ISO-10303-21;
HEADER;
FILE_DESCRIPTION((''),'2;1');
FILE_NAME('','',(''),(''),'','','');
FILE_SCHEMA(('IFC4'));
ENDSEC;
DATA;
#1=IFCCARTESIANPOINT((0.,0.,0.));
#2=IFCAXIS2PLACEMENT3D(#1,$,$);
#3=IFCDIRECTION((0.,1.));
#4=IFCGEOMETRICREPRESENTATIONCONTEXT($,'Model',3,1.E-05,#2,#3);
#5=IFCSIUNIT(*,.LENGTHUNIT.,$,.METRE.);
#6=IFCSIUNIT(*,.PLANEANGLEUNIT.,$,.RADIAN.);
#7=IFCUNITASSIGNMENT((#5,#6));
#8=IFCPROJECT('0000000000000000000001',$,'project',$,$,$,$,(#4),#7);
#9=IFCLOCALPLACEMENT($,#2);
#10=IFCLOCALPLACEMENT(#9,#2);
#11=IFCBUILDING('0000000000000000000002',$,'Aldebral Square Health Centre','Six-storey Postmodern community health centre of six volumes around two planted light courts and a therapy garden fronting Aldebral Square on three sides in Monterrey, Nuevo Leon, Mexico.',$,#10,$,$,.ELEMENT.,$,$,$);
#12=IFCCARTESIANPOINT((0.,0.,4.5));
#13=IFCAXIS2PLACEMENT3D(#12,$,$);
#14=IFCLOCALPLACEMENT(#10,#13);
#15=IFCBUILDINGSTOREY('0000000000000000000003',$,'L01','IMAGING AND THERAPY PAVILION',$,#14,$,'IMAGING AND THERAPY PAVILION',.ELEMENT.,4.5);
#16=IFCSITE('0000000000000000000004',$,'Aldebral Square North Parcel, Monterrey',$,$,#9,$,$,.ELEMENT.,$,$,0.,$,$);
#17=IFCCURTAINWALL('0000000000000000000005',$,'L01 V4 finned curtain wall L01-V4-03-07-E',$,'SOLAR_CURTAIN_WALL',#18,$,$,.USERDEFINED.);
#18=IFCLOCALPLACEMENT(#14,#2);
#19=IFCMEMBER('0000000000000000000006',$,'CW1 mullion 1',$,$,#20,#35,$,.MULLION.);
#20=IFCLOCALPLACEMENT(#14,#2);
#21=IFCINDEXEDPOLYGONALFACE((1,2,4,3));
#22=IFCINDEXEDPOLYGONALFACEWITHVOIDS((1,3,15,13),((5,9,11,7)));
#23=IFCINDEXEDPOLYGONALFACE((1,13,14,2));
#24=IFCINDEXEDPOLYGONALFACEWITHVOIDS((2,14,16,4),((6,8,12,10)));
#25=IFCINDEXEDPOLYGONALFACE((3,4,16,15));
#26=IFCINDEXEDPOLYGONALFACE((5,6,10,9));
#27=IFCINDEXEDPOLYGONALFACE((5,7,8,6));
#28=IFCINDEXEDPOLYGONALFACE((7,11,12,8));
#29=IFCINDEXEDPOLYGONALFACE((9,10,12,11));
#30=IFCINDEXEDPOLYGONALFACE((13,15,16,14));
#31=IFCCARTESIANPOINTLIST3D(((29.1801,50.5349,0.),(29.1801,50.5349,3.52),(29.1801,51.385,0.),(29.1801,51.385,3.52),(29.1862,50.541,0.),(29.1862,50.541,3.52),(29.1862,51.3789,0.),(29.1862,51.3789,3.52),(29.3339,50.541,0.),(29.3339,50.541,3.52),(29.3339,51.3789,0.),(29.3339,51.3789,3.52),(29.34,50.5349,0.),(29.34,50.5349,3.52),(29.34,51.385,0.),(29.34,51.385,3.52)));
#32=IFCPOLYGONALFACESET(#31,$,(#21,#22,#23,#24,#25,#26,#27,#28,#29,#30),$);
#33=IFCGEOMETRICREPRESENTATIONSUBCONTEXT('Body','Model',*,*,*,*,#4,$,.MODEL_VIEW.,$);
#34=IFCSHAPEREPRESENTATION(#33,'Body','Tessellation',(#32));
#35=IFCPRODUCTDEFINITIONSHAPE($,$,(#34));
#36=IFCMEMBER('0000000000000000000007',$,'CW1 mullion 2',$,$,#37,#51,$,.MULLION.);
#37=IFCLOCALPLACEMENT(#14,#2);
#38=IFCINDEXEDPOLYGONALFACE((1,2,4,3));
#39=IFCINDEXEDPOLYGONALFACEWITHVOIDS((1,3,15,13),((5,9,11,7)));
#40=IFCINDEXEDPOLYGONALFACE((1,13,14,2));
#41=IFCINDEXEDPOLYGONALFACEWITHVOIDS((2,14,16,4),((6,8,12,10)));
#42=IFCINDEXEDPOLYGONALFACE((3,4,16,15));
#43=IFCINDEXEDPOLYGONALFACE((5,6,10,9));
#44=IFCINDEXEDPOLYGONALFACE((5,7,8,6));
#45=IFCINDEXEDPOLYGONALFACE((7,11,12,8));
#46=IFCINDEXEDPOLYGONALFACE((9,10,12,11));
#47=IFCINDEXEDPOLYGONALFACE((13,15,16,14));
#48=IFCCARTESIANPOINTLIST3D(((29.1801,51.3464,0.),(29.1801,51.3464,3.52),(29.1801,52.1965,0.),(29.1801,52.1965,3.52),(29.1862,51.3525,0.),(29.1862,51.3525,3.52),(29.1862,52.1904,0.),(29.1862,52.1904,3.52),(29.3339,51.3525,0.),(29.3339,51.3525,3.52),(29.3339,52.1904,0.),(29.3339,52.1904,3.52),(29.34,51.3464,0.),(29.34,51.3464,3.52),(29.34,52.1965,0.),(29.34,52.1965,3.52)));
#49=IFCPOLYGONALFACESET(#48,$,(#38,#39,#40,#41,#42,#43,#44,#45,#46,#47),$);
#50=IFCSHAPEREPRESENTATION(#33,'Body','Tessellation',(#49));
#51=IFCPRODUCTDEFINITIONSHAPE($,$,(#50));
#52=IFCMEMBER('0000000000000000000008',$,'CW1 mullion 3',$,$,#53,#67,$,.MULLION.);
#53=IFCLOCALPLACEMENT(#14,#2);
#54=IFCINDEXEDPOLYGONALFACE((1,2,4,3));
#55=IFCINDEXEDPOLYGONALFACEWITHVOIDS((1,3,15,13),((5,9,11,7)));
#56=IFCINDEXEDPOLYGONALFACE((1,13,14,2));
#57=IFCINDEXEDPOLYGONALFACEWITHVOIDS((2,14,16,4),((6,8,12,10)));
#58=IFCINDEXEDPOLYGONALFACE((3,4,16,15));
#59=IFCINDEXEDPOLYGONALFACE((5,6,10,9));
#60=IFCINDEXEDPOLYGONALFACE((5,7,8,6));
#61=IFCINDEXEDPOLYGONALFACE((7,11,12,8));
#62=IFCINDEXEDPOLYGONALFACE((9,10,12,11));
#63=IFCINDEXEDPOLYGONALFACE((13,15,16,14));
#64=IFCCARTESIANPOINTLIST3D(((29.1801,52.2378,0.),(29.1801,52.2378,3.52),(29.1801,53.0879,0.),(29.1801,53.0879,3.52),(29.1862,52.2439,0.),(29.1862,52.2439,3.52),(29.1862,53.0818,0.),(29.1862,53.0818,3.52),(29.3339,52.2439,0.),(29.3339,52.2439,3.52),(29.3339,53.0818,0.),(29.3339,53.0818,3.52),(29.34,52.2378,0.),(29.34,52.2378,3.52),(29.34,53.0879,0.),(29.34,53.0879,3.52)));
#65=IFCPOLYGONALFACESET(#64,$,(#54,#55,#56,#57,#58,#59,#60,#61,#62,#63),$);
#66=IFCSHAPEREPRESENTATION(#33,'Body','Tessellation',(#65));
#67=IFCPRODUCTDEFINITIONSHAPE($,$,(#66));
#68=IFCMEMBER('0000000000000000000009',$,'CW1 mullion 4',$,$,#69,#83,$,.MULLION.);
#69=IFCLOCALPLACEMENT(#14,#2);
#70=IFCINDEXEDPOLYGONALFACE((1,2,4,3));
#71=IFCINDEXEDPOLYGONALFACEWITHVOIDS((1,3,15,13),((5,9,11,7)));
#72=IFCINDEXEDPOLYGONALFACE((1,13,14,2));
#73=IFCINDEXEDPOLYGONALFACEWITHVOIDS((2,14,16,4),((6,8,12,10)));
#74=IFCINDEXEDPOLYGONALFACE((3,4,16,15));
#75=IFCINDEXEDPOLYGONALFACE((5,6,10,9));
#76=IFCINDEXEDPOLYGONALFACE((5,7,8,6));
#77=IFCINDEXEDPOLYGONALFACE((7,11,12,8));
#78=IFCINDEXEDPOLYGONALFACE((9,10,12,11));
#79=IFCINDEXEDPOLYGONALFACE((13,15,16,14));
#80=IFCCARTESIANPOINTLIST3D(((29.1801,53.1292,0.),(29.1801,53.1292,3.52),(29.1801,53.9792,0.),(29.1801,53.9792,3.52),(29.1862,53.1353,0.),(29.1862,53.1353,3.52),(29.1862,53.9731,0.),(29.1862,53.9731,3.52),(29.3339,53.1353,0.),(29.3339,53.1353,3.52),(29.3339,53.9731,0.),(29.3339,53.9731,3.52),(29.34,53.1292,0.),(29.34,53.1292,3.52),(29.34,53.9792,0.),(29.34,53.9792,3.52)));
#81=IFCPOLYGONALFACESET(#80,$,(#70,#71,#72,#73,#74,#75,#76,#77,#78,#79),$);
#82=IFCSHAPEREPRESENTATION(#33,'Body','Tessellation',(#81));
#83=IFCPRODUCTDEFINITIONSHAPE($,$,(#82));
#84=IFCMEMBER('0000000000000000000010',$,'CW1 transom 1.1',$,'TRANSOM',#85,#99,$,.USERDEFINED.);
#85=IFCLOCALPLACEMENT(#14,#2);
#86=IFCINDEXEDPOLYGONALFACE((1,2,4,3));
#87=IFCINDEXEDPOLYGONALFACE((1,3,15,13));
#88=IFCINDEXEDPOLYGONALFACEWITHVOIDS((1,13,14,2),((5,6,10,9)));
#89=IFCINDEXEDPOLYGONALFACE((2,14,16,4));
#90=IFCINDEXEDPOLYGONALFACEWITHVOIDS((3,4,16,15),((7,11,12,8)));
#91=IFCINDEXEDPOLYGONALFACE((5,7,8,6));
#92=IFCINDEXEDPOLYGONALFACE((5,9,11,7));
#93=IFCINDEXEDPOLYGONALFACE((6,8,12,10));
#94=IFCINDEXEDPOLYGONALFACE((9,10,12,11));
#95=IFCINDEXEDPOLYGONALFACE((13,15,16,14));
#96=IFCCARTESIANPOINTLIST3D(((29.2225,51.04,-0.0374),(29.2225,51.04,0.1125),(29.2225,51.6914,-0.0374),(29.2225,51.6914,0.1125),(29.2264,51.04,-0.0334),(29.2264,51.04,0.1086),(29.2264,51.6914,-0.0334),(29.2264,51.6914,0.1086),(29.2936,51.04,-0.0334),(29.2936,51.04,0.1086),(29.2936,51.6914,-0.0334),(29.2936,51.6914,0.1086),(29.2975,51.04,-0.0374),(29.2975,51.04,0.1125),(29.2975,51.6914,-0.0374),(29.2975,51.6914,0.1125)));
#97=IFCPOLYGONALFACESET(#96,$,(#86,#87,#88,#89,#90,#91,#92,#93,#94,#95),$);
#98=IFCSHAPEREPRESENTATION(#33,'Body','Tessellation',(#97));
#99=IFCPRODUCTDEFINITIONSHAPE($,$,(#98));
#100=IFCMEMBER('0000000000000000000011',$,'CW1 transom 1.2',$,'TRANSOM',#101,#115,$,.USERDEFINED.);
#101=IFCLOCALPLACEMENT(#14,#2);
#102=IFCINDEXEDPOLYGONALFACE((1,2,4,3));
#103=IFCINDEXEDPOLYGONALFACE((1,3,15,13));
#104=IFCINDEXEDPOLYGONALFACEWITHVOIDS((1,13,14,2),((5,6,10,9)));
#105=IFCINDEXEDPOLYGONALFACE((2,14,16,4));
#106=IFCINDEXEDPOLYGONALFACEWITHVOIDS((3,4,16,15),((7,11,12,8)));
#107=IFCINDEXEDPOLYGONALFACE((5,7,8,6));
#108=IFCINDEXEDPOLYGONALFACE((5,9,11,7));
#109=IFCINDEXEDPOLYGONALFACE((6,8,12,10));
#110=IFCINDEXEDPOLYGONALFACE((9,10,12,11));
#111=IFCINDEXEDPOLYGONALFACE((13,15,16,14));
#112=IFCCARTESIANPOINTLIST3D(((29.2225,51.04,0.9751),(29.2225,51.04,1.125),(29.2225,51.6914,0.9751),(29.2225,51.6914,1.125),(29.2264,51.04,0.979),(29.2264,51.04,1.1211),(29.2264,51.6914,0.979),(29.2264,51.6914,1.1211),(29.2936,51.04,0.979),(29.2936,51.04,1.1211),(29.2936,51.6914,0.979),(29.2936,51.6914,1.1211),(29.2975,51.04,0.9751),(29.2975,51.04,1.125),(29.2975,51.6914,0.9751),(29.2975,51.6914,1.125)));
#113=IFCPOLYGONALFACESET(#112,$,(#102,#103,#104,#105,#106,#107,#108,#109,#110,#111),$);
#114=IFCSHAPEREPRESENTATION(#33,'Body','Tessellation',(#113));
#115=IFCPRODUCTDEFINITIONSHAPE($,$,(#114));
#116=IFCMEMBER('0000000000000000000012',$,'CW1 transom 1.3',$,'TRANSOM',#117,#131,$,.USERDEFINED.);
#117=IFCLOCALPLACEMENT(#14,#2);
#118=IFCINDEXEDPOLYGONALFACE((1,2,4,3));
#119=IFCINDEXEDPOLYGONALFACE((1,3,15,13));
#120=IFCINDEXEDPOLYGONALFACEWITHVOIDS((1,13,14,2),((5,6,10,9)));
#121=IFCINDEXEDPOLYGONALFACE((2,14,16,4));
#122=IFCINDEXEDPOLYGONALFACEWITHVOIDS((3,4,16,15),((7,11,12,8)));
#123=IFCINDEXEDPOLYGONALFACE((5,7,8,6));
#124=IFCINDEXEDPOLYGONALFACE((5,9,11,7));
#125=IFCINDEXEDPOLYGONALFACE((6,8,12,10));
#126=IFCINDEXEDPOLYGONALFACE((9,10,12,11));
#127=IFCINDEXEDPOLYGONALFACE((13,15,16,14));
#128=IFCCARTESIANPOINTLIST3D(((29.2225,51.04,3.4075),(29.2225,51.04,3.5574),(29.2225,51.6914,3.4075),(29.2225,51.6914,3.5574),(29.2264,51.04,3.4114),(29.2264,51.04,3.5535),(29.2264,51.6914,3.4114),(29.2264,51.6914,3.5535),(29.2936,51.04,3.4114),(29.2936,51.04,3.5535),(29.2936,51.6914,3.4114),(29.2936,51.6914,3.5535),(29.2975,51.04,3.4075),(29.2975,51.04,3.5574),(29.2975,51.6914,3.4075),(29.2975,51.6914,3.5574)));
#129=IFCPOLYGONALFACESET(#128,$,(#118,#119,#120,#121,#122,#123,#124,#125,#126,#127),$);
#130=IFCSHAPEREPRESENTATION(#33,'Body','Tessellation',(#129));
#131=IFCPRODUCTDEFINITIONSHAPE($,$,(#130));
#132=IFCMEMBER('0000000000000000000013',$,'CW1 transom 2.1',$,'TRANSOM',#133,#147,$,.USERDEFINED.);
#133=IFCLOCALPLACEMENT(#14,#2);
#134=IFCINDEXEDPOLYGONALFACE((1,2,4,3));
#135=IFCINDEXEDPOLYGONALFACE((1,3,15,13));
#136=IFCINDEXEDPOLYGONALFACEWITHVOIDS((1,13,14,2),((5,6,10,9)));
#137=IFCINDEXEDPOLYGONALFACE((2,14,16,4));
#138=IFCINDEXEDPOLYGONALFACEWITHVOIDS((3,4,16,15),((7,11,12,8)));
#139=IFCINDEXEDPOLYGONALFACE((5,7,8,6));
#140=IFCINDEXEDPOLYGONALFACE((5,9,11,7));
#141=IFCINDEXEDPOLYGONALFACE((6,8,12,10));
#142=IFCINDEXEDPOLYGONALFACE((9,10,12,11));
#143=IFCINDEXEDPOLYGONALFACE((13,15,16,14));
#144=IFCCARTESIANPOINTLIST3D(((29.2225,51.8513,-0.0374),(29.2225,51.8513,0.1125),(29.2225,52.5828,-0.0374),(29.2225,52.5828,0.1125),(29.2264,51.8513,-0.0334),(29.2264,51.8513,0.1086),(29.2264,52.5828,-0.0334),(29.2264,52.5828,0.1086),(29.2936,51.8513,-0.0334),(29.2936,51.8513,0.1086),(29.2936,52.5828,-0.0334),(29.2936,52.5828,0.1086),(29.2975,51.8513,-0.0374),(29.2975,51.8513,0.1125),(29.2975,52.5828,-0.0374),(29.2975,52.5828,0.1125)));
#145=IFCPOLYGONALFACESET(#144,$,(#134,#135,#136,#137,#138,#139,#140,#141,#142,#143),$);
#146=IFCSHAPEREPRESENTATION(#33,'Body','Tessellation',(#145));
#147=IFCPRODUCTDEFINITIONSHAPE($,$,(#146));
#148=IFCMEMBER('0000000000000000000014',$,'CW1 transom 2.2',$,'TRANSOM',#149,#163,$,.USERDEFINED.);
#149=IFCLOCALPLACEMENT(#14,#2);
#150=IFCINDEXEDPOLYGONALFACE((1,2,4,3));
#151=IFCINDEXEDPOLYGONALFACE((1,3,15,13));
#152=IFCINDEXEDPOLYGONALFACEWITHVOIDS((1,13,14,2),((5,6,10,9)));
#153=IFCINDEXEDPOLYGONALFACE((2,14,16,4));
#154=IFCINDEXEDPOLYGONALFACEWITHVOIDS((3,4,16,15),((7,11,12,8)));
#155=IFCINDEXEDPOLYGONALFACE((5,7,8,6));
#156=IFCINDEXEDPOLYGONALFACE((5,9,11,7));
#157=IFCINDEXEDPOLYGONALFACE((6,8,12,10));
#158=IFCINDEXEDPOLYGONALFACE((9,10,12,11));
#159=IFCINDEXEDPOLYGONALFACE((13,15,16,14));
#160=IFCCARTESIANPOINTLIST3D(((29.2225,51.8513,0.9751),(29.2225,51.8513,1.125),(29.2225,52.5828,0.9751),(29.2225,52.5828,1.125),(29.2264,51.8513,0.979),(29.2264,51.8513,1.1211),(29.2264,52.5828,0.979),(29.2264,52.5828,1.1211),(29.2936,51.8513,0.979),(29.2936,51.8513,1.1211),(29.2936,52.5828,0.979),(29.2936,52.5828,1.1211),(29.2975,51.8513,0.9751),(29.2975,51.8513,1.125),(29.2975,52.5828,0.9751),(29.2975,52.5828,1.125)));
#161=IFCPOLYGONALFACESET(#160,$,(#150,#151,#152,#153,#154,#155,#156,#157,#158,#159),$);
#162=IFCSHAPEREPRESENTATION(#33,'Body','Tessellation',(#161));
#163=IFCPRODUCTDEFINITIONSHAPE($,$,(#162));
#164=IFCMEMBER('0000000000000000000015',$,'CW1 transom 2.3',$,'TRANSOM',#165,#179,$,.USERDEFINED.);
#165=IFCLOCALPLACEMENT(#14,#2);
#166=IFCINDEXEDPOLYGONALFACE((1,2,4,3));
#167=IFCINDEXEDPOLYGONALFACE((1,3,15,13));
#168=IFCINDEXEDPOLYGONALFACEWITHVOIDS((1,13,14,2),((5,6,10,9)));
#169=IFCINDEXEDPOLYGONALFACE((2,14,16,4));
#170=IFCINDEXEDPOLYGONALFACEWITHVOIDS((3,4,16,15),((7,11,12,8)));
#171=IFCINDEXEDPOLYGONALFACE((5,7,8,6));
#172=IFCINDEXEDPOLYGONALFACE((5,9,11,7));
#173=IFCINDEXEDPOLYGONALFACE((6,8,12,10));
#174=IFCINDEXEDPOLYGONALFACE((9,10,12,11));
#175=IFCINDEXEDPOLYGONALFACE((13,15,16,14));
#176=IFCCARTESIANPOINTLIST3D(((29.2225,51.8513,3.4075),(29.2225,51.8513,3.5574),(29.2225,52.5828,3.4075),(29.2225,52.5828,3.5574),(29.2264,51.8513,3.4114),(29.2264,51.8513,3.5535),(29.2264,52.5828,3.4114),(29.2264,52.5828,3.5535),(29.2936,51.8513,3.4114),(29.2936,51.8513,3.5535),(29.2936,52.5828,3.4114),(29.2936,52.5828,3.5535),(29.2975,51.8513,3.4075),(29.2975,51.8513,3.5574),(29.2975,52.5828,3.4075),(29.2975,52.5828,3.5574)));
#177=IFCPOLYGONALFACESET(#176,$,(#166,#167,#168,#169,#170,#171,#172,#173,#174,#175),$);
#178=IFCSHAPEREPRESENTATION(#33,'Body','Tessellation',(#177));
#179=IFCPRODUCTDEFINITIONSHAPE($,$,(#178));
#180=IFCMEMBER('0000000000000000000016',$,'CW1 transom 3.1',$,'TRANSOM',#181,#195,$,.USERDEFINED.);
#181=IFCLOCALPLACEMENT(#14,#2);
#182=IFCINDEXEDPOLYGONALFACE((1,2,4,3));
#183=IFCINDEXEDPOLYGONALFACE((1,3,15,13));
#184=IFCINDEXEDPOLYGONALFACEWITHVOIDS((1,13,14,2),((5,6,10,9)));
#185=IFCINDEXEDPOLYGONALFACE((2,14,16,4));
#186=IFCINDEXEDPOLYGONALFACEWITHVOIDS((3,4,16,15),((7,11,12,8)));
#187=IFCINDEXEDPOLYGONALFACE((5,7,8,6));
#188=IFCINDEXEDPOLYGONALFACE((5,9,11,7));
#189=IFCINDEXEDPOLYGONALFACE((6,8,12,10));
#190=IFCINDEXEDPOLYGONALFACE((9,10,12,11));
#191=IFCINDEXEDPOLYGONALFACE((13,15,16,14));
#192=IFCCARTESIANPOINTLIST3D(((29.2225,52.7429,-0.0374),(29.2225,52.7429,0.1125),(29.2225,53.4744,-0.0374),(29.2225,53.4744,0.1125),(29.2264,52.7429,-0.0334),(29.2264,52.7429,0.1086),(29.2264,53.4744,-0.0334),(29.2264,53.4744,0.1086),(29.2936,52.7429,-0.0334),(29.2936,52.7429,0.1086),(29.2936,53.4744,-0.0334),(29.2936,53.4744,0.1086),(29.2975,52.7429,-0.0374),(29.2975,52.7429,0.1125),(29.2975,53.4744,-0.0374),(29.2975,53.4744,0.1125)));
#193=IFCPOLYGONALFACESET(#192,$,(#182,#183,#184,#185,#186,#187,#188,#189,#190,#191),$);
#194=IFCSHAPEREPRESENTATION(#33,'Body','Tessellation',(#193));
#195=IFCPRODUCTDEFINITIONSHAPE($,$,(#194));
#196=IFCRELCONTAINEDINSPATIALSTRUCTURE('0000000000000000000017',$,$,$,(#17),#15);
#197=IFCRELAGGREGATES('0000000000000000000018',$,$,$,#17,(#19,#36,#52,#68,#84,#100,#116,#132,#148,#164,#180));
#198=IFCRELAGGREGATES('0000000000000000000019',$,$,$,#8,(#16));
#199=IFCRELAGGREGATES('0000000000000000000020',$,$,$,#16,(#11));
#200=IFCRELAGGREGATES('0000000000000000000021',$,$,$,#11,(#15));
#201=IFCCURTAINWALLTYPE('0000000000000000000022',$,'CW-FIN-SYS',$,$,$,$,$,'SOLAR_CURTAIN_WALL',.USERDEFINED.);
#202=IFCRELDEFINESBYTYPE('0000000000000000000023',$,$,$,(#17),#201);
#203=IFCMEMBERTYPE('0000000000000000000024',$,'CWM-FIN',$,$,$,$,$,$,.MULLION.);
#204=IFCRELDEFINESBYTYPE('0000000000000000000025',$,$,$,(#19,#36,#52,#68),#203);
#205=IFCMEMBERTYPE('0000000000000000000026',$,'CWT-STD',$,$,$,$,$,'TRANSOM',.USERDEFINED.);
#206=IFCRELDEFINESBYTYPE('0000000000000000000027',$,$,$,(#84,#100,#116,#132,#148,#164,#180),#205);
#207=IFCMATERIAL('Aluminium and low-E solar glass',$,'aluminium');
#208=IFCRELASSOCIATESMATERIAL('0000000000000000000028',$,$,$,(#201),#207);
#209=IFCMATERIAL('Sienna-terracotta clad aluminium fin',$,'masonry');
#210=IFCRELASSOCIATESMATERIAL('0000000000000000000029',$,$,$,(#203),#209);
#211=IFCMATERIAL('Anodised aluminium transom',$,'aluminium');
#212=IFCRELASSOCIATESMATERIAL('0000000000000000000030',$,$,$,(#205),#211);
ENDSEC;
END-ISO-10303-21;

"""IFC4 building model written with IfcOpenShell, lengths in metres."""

from ifc_helpers import new_model, si_unit, direction, frame, origin, origin_2d, place, context, subcontext, project, spatial, hollow_rectangle, extrude, material, material_profile, profile_set, type_object, element, aggregate, save


model = new_model("IFC4")

# Units and contexts
model_context = context("Model", 3, precision=1e-05, world=origin(), true_north=direction((0.0, 1.0)))
body_context = subcontext(model_context, "Body", "Model", "MODEL_VIEW")
ifc_project = project(units=[si_unit("LENGTHUNIT", "METRE"), si_unit("PLANEANGLEUNIT", "RADIAN")], contexts=[model_context])

# Site, building, storey
site_placement = place(None, origin())
site = spatial("IfcSite", under=ifc_project, at=site_placement, Name="Aldebral Square North Parcel, Monterrey", CompositionType="ELEMENT", RefElevation=0.0)
building_placement = place(site_placement, origin())
building = spatial("IfcBuilding", under=site, at=building_placement, Name="Aldebral Square Health Centre", Description="Six-storey Postmodern community health centre of six volumes around two planted light courts and a therapy garden fronting Aldebral Square on three sides in Monterrey, Nuevo Leon, Mexico.", CompositionType="ELEMENT")
storey_placement = place(building_placement, frame((0.0, 0.0, 4.5)))
storey = spatial("IfcBuildingStorey", under=building, at=storey_placement, Name="L01", Description="IMAGING AND THERAPY PAVILION", LongName="IMAGING AND THERAPY PAVILION", CompositionType="ELEMENT", Elevation=4.5)

# Curtain wall, members
ifc_material_1 = material(Name="Aluminium and low-E solar glass", Category="aluminium")
curtain_wall_type = type_object("IfcCurtainWallType", Name="CW-FIN-SYS", ElementType="SOLAR_CURTAIN_WALL", PredefinedType="USERDEFINED", material=ifc_material_1)
curtain_wall_placement = place(storey_placement, origin())
curtain_wall = element("IfcCurtainWall", 1, at=curtain_wall_placement, inside=storey, type_object=curtain_wall_type, Name="L01 V4 finned curtain wall L01-V4-03-07-E", ObjectType="SOLAR_CURTAIN_WALL", PredefinedType="USERDEFINED")
ifc_material_2 = material(Name="Sienna-terracotta clad aluminium fin", Category="masonry")
ifc_material_profile_1 = material_profile(ifc_material_2, hollow_rectangle(XDim=0.1599, YDim=0.8501, WallThickness=0.0061, at=origin_2d()), Name="FIN 160x850x6")
ifc_profile_set_1 = profile_set([ifc_material_profile_1], Name="Sienna-terracotta clad aluminium fin")
member_type_1 = type_object("IfcMemberType", Name="CWM-FIN", PredefinedType="MULLION", material=ifc_profile_set_1)
member_1_placement = place(storey_placement, frame((29.26, 50.96, 0.0), z_axis=(0.0, 0.0, 1.0), x_axis=(-1.0, 0.0, 0.0)))
member_1 = element("IfcMember", 2, at=member_1_placement, type_object=member_type_1, Name="CW1 mullion 1", PredefinedType="MULLION", context=body_context, shape_type="SweptSolid", body=[
    extrude(hollow_rectangle(XDim=0.1599, YDim=0.8501, WallThickness=0.0061, at=origin_2d()), origin(), (0.0, 0.0, 1.0), 3.52),
])
member_2_placement = place(storey_placement, frame((29.26, 51.7715, 0.0), z_axis=(0.0, 0.0, 1.0), x_axis=(-1.0, 0.0, 0.0)))
member_2 = element("IfcMember", 3, at=member_2_placement, type_object=member_type_1, Name="CW1 mullion 2", PredefinedType="MULLION", context=body_context, shape_type="SweptSolid", body=[
    extrude(hollow_rectangle(XDim=0.1599, YDim=0.8501, WallThickness=0.0061, at=origin_2d()), origin(), (0.0, 0.0, 1.0), 3.52),
])
member_3_placement = place(storey_placement, frame((29.26, 52.6628, 0.0), z_axis=(0.0, 0.0, 1.0), x_axis=(-1.0, 0.0, 0.0)))
member_3 = element("IfcMember", 4, at=member_3_placement, type_object=member_type_1, Name="CW1 mullion 3", PredefinedType="MULLION", context=body_context, shape_type="SweptSolid", body=[
    extrude(hollow_rectangle(XDim=0.1599, YDim=0.8501, WallThickness=0.0061, at=origin_2d()), origin(), (0.0, 0.0, 1.0), 3.52),
])
member_4_placement = place(storey_placement, frame((29.26, 53.5542, 0.0), z_axis=(0.0, 0.0, 1.0), x_axis=(-1.0, 0.0, 0.0)))
member_4 = element("IfcMember", 5, at=member_4_placement, type_object=member_type_1, Name="CW1 mullion 4", PredefinedType="MULLION", context=body_context, shape_type="SweptSolid", body=[
    extrude(hollow_rectangle(XDim=0.1599, YDim=0.8501, WallThickness=0.0061, at=origin_2d()), origin(), (0.0, 0.0, 1.0), 3.52),
])
ifc_material_3 = material(Name="Anodised aluminium transom", Category="aluminium")
ifc_material_profile_2 = material_profile(ifc_material_3, hollow_rectangle(XDim=0.075, YDim=0.1499, WallThickness=0.0039, at=origin_2d()), Name="CWT 75x150x4")
ifc_profile_set_2 = profile_set([ifc_material_profile_2], Name="Anodised aluminium transom")
member_type_2 = type_object("IfcMemberType", Name="CWT-STD", ElementType="TRANSOM", PredefinedType="USERDEFINED", material=ifc_profile_set_2)
member_5_placement = place(storey_placement, frame((29.26, 51.04, 0.0376), z_axis=(0.0, 1.0, 0.0), x_axis=(-1.0, 0.0, 0.0)))
member_5 = element("IfcMember", 6, at=member_5_placement, type_object=member_type_2, Name="CW1 transom 1.1", ObjectType="TRANSOM", PredefinedType="USERDEFINED", context=body_context, shape_type="SweptSolid", body=[
    extrude(hollow_rectangle(XDim=0.075, YDim=0.1499, WallThickness=0.0039, at=origin_2d()), origin(), (0.0, 0.0, 1.0), 0.6514),
])
member_6_placement = place(storey_placement, frame((29.26, 51.04, 1.05), z_axis=(0.0, 1.0, 0.0), x_axis=(-1.0, 0.0, 0.0)))
member_6 = element("IfcMember", 7, at=member_6_placement, type_object=member_type_2, Name="CW1 transom 1.2", ObjectType="TRANSOM", PredefinedType="USERDEFINED", context=body_context, shape_type="SweptSolid", body=[
    extrude(hollow_rectangle(XDim=0.075, YDim=0.1499, WallThickness=0.0039, at=origin_2d()), origin(), (0.0, 0.0, 1.0), 0.6514),
])
member_7_placement = place(storey_placement, frame((29.26, 51.04, 3.4824), z_axis=(0.0, 1.0, 0.0), x_axis=(-1.0, 0.0, 0.0)))
member_7 = element("IfcMember", 8, at=member_7_placement, type_object=member_type_2, Name="CW1 transom 1.3", ObjectType="TRANSOM", PredefinedType="USERDEFINED", context=body_context, shape_type="SweptSolid", body=[
    extrude(hollow_rectangle(XDim=0.075, YDim=0.1499, WallThickness=0.0039, at=origin_2d()), origin(), (0.0, 0.0, 1.0), 0.6514),
])
member_8_placement = place(storey_placement, frame((29.26, 51.8513, 0.0376), z_axis=(0.0, 1.0, 0.0), x_axis=(-1.0, 0.0, 0.0)))
member_8 = element("IfcMember", 9, at=member_8_placement, type_object=member_type_2, Name="CW1 transom 2.1", ObjectType="TRANSOM", PredefinedType="USERDEFINED", context=body_context, shape_type="SweptSolid", body=[
    extrude(hollow_rectangle(XDim=0.075, YDim=0.1499, WallThickness=0.0039, at=origin_2d()), origin(), (0.0, 0.0, 1.0), 0.7314),
])
member_9_placement = place(storey_placement, frame((29.26, 51.8513, 1.05), z_axis=(0.0, 1.0, 0.0), x_axis=(-1.0, 0.0, 0.0)))
member_9 = element("IfcMember", 10, at=member_9_placement, type_object=member_type_2, Name="CW1 transom 2.2", ObjectType="TRANSOM", PredefinedType="USERDEFINED", context=body_context, shape_type="SweptSolid", body=[
    extrude(hollow_rectangle(XDim=0.075, YDim=0.1499, WallThickness=0.0039, at=origin_2d()), origin(), (0.0, 0.0, 1.0), 0.7314),
])
member_10_placement = place(storey_placement, frame((29.26, 51.8513, 3.4824), z_axis=(0.0, 1.0, 0.0), x_axis=(-1.0, 0.0, 0.0)))
member_10 = element("IfcMember", 11, at=member_10_placement, type_object=member_type_2, Name="CW1 transom 2.3", ObjectType="TRANSOM", PredefinedType="USERDEFINED", context=body_context, shape_type="SweptSolid", body=[
    extrude(hollow_rectangle(XDim=0.075, YDim=0.1499, WallThickness=0.0039, at=origin_2d()), origin(), (0.0, 0.0, 1.0), 0.7314),
])
member_11_placement = place(storey_placement, frame((29.26, 52.7429, 0.0376), z_axis=(0.0, 1.0, 0.0), x_axis=(-1.0, 0.0, 0.0)))
member_11 = element("IfcMember", 12, at=member_11_placement, type_object=member_type_2, Name="CW1 transom 3.1", ObjectType="TRANSOM", PredefinedType="USERDEFINED", context=body_context, shape_type="SweptSolid", body=[
    extrude(hollow_rectangle(XDim=0.075, YDim=0.1499, WallThickness=0.0039, at=origin_2d()), origin(), (0.0, 0.0, 1.0), 0.7314),
])
aggregate(curtain_wall, [member_1, member_2, member_3, member_4, member_5, member_6, member_7, member_8, member_9, member_10, member_11])

save(model, "model.ifc")
